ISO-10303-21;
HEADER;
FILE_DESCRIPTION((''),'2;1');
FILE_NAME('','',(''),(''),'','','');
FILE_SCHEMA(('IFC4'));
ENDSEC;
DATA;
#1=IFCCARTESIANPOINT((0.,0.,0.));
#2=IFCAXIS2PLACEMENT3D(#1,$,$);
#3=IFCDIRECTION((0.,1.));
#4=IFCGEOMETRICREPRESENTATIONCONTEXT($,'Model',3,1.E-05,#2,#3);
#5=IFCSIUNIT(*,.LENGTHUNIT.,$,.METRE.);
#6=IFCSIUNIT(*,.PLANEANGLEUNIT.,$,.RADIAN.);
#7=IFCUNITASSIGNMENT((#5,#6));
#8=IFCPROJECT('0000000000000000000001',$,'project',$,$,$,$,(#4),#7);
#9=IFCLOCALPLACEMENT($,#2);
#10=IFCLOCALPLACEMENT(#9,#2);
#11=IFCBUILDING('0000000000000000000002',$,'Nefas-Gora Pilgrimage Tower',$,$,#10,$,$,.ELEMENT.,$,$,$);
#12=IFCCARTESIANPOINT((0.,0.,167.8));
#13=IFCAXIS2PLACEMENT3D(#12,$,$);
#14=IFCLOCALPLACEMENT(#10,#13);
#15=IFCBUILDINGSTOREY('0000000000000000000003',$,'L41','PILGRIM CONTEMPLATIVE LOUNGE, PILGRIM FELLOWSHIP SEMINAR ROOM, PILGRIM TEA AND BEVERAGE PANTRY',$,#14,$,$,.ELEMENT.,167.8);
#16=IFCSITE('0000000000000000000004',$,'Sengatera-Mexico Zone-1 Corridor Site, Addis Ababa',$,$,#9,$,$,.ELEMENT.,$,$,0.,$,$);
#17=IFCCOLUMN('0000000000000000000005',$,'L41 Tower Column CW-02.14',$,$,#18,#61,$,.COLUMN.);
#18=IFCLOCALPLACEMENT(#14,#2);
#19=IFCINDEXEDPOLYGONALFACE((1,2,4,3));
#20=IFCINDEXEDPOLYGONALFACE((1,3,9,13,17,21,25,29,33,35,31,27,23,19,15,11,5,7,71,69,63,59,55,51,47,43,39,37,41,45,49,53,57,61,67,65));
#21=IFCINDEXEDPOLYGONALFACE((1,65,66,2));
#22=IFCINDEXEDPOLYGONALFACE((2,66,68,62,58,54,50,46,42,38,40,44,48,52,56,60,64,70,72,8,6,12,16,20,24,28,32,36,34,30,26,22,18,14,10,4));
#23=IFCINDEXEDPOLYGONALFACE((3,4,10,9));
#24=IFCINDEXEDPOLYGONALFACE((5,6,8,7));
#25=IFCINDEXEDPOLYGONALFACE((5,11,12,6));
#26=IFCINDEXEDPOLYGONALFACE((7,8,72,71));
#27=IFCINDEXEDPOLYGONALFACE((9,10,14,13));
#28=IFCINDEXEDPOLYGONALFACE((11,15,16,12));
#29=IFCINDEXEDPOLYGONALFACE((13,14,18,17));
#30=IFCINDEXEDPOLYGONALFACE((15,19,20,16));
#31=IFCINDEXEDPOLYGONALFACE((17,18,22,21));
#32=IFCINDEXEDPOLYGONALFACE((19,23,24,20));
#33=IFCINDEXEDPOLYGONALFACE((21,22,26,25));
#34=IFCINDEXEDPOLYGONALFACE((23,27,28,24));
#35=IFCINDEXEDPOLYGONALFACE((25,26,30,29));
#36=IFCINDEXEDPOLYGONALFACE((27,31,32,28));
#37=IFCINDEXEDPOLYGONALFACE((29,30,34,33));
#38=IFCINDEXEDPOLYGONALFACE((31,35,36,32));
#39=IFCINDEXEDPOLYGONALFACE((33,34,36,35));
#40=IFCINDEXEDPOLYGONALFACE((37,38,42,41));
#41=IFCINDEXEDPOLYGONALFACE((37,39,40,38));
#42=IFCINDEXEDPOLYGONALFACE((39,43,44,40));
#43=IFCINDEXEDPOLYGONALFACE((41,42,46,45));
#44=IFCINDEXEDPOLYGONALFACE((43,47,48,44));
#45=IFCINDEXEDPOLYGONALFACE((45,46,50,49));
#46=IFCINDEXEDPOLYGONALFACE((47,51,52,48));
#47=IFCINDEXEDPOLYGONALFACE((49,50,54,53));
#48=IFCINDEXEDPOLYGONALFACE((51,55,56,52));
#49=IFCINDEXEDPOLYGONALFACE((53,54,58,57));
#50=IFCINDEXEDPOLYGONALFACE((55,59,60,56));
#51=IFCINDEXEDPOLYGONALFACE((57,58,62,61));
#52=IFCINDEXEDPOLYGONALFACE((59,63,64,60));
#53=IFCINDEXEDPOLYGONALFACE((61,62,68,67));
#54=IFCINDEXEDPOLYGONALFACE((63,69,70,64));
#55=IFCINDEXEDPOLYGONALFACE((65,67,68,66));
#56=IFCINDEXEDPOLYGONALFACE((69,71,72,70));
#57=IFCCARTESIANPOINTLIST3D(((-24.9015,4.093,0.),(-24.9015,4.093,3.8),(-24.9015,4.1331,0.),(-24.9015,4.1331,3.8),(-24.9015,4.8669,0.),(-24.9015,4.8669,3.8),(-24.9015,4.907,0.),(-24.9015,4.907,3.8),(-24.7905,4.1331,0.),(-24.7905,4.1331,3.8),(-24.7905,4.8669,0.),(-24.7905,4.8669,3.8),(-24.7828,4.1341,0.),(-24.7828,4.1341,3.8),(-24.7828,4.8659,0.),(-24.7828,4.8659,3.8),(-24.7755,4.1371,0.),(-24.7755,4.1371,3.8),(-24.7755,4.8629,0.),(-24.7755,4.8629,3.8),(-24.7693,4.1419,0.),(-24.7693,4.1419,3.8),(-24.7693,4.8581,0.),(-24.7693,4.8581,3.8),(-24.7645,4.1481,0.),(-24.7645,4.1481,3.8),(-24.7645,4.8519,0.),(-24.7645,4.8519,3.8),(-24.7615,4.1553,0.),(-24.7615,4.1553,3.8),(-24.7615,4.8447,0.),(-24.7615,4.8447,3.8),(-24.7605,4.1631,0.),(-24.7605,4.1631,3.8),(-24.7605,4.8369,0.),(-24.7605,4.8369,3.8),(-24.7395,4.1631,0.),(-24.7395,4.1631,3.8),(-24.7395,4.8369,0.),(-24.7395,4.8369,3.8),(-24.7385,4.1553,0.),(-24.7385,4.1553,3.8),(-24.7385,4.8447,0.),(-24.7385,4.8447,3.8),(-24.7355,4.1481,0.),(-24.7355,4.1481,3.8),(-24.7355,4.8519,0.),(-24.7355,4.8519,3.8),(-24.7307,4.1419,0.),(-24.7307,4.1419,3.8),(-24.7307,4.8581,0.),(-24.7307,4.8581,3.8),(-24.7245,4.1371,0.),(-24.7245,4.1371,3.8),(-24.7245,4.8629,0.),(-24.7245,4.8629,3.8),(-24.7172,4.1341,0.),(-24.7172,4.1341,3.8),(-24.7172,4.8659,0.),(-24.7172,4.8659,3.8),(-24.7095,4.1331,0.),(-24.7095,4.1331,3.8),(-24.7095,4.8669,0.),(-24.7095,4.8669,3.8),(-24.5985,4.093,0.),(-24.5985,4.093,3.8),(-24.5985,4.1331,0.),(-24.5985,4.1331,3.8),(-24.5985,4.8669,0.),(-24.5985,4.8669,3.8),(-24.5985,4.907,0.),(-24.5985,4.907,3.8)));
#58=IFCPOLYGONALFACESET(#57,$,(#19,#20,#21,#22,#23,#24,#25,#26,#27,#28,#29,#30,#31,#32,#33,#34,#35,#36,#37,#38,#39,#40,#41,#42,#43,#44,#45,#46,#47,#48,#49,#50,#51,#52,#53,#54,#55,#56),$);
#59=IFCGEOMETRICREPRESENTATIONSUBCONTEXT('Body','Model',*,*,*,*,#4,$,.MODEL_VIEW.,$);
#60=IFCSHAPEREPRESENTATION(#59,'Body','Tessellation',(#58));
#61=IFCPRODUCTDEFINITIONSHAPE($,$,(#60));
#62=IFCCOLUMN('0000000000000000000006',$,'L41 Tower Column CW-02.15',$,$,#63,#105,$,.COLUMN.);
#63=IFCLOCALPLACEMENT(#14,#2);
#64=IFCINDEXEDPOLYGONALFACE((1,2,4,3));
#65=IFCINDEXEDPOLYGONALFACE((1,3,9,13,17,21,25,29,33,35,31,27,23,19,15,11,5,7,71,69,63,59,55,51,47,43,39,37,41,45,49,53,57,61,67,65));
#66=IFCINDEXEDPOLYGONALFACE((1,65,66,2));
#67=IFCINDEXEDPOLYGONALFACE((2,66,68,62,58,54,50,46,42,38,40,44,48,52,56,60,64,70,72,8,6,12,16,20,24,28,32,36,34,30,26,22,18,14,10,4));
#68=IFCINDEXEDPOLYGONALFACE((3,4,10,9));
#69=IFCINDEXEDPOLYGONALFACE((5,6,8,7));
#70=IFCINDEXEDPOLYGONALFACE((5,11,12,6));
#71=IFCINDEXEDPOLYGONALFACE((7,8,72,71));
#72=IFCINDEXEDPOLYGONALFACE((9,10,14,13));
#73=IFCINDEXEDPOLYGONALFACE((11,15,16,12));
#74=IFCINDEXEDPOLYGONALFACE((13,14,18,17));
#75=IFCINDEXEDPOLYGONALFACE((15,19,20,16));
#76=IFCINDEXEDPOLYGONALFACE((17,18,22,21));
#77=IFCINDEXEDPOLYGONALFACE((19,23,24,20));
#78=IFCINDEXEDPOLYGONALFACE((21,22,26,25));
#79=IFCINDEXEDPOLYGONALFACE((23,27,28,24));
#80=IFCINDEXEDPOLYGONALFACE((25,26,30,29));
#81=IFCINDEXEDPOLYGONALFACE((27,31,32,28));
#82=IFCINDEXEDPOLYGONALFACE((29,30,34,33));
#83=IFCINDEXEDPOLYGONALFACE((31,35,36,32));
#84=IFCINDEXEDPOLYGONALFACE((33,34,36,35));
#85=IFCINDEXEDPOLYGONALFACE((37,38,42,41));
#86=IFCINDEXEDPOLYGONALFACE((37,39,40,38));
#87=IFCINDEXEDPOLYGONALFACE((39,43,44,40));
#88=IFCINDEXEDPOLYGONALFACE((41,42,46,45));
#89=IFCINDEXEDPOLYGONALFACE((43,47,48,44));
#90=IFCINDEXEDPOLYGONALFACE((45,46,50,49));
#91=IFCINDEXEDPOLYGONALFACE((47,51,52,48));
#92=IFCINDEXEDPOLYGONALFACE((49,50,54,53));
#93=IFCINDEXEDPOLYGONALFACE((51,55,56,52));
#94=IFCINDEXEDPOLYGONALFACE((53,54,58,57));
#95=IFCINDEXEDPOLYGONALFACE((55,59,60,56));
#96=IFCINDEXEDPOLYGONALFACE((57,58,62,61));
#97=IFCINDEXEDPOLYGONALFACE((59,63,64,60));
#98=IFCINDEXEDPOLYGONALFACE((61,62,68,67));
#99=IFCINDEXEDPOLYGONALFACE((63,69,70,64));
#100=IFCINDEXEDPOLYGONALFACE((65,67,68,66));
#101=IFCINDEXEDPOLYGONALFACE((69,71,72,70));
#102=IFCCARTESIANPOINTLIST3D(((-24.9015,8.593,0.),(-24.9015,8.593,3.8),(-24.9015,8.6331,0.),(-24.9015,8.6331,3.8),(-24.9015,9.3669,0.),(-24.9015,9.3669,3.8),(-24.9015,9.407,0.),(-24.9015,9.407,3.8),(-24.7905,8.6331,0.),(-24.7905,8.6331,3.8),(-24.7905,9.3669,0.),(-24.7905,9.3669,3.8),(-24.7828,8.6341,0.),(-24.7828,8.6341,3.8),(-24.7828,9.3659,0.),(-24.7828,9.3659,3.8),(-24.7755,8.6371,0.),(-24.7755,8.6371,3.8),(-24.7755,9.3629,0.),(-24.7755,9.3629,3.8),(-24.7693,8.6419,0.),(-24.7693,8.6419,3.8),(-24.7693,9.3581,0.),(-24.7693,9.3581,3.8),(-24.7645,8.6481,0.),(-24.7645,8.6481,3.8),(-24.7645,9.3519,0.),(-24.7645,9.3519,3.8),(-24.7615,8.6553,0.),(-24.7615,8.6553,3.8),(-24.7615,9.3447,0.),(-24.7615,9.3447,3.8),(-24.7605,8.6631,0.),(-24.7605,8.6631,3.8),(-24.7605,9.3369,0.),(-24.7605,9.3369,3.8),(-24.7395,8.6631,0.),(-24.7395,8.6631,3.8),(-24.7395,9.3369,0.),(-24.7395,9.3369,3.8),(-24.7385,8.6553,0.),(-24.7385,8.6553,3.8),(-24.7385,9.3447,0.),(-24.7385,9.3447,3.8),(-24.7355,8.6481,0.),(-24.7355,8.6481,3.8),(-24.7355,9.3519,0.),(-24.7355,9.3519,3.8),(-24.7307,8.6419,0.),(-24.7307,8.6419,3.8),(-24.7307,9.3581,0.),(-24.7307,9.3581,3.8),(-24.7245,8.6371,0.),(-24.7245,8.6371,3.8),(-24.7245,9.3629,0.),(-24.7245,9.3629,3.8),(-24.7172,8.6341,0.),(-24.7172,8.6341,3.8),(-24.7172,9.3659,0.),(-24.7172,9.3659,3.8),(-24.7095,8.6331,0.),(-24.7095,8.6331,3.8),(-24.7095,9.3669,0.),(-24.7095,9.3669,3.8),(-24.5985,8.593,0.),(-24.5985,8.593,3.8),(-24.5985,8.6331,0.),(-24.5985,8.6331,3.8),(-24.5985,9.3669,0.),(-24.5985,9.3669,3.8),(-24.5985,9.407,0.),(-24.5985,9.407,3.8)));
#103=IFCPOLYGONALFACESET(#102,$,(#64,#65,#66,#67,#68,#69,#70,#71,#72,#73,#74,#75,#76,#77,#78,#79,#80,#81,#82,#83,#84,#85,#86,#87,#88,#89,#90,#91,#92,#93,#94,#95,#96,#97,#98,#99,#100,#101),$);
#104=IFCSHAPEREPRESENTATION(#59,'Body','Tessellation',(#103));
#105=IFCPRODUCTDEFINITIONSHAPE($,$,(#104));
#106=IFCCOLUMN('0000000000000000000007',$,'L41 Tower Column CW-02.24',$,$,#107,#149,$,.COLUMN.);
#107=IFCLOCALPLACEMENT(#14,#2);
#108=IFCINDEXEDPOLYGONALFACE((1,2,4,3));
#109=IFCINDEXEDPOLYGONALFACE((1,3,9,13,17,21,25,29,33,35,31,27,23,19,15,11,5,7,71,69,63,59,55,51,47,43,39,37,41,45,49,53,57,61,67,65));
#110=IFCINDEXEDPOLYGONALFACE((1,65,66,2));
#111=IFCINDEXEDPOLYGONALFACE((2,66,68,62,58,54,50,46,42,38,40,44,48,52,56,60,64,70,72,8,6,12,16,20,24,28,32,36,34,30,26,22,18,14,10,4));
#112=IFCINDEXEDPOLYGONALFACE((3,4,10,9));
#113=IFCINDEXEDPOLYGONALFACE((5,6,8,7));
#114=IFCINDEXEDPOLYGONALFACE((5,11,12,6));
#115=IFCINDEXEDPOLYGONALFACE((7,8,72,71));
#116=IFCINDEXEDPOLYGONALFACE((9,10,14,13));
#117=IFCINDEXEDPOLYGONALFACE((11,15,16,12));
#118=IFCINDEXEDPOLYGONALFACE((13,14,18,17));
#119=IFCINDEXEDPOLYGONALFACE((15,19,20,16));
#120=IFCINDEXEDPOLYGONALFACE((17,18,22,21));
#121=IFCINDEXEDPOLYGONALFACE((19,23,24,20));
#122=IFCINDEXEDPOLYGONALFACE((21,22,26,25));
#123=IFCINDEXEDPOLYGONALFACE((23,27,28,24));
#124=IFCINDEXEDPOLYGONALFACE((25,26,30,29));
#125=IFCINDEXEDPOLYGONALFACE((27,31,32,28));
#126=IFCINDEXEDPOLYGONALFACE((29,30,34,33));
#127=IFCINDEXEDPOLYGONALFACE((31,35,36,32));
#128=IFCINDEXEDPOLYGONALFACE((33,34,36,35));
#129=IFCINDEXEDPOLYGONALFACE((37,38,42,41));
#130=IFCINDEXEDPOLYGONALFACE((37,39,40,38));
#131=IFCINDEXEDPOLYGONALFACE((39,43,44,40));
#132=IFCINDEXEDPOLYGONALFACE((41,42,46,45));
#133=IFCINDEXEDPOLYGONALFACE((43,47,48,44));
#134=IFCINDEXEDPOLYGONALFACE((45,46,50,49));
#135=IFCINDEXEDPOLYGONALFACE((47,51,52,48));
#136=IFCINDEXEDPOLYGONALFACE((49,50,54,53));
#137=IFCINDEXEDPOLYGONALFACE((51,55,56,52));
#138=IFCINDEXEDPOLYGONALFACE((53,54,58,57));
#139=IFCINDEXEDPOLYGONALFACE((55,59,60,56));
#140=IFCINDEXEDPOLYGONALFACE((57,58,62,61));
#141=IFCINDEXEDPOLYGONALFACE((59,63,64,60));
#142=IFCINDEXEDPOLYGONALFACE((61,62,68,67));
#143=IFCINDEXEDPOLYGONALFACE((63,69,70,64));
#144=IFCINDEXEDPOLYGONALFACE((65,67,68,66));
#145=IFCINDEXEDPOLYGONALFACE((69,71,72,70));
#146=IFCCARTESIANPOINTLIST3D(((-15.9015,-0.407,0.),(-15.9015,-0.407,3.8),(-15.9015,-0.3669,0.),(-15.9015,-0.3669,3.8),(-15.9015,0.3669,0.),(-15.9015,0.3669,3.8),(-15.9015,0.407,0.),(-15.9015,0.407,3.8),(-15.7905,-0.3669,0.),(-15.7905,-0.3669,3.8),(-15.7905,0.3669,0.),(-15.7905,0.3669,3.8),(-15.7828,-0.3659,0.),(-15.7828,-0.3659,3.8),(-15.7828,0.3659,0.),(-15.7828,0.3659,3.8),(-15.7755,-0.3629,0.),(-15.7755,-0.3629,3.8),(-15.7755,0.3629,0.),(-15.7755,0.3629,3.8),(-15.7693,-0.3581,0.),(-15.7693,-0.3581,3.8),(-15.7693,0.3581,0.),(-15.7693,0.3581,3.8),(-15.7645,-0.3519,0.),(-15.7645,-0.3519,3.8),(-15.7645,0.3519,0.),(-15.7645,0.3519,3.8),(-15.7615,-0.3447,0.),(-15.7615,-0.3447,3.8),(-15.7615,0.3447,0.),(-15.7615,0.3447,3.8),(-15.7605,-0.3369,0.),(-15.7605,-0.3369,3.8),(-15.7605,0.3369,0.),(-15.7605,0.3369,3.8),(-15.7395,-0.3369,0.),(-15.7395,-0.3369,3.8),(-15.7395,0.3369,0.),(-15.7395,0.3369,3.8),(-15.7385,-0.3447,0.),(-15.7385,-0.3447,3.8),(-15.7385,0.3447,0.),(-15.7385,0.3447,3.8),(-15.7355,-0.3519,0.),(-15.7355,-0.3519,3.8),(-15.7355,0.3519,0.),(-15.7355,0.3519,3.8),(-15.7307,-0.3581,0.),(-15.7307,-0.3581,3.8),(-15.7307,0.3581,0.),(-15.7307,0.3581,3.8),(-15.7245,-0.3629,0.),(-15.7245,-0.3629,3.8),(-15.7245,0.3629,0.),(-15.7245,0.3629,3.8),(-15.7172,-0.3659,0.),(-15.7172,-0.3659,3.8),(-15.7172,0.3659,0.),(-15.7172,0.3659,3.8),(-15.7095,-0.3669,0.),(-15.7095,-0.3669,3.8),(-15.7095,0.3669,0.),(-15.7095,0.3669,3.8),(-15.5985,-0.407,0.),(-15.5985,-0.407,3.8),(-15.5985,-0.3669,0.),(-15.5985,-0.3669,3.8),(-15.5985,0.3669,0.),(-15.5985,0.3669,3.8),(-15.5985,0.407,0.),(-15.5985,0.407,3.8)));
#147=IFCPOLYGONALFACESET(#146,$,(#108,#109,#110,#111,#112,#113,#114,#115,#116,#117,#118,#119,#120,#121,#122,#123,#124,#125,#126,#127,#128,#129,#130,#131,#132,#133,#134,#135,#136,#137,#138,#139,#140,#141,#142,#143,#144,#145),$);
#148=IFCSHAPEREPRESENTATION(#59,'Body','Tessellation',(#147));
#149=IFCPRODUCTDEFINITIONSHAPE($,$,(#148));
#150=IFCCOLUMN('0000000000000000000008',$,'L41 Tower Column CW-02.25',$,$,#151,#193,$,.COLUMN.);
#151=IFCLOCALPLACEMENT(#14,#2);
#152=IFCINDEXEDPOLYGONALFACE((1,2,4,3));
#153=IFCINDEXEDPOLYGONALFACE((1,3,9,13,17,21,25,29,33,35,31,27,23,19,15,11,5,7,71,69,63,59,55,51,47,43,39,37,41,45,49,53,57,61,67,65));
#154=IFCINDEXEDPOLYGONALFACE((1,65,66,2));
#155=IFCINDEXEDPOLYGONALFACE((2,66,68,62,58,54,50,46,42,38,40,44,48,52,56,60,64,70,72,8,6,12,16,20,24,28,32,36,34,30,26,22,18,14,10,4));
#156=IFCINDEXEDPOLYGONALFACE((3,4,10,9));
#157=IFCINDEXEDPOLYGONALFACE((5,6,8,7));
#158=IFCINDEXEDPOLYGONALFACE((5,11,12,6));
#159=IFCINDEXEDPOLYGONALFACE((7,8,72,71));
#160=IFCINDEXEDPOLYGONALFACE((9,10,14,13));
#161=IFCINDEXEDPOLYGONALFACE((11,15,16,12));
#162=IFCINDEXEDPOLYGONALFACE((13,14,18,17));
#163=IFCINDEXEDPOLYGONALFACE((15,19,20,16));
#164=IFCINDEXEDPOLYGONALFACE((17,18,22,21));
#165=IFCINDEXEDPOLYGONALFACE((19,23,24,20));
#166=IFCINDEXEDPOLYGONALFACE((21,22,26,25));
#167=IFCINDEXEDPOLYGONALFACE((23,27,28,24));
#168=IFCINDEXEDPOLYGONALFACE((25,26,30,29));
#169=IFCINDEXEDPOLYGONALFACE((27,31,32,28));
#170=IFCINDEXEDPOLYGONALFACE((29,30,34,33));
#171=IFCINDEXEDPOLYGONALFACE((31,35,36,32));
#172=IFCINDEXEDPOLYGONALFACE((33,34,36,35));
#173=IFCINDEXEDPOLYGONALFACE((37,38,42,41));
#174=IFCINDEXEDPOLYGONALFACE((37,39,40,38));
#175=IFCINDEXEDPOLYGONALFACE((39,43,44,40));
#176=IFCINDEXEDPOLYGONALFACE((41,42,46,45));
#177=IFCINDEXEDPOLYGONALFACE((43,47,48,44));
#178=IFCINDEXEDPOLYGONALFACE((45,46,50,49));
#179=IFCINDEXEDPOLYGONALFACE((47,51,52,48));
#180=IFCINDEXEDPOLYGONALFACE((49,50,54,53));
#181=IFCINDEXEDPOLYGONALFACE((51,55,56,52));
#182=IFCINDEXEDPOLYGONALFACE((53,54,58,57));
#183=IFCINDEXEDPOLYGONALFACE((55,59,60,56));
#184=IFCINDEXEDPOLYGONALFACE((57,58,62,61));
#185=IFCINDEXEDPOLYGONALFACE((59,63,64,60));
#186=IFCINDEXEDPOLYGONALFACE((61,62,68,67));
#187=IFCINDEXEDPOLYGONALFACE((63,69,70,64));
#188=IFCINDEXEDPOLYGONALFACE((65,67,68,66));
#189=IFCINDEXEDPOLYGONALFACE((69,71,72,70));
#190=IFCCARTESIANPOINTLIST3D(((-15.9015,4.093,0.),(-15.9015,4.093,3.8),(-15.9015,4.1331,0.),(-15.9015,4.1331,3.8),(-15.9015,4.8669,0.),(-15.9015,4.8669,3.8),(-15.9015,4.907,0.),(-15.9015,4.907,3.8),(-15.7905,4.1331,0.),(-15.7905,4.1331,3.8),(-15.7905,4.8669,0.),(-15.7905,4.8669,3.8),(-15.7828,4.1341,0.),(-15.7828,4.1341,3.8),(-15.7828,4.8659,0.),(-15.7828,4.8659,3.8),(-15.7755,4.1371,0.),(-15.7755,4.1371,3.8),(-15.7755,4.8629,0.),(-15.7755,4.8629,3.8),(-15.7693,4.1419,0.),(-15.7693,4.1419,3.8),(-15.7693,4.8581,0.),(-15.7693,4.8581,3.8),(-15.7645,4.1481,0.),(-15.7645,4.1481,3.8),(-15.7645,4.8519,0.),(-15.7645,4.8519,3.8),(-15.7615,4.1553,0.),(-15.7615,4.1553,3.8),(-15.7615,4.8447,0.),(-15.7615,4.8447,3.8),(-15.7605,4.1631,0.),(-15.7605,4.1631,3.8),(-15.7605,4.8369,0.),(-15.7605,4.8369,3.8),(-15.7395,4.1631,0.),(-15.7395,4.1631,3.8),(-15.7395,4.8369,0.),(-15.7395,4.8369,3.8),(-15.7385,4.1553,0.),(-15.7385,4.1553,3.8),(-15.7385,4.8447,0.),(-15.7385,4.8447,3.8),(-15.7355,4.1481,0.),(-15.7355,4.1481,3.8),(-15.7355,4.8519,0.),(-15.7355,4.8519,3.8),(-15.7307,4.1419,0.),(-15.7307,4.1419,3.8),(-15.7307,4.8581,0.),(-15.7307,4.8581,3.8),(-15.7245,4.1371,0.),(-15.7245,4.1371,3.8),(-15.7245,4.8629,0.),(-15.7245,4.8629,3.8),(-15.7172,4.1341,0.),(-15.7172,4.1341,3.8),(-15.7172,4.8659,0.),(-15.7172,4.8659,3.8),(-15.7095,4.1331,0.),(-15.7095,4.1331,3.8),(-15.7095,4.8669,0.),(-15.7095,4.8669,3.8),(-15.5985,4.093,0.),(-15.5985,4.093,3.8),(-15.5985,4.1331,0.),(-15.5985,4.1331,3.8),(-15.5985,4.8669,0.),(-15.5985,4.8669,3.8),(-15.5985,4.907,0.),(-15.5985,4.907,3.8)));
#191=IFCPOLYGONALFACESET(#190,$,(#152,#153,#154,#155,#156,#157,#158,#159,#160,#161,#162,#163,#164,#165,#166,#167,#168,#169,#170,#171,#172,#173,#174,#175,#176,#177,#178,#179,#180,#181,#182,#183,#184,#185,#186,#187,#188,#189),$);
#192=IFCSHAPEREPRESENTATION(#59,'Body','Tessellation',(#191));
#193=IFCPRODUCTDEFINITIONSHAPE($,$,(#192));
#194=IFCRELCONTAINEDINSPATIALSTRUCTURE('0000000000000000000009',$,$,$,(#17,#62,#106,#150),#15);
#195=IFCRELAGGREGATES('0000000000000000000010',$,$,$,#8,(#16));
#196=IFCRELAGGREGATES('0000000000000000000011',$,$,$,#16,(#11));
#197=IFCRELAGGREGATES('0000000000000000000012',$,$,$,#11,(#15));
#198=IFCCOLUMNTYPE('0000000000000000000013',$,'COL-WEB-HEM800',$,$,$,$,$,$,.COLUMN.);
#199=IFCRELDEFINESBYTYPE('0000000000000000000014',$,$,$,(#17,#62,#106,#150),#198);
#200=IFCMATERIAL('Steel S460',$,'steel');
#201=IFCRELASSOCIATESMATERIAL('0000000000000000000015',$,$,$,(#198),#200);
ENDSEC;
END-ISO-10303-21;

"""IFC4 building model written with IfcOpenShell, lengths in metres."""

from ifc_helpers import new_model, si_unit, direction, frame, origin, origin_2d, place, context, subcontext, project, spatial, i_section, extrude, source, transform, mapped, material, material_profile, profile_set, type_object, element, save


model = new_model("IFC4")

# Units and contexts
model_context = context("Model", 3, precision=1e-05, world=origin(), true_north=direction((0.0, 1.0)))
body_context = subcontext(model_context, "Body", "Model", "MODEL_VIEW")
ifc_project = project(units=[si_unit("LENGTHUNIT", "METRE"), si_unit("PLANEANGLEUNIT", "RADIAN")], contexts=[model_context])

# Site, building, storey
site_placement = place(None, origin())
site = spatial("IfcSite", under=ifc_project, at=site_placement, Name="Sengatera-Mexico Zone-1 Corridor Site, Addis Ababa", CompositionType="ELEMENT", RefElevation=0.0)
building_placement = place(site_placement, origin())
building = spatial("IfcBuilding", under=site, at=building_placement, Name="Nefas-Gora Pilgrimage Tower", CompositionType="ELEMENT")
storey_placement = place(building_placement, frame((0.0, 0.0, 167.8)))
storey = spatial("IfcBuildingStorey", under=building, at=storey_placement, Name="L41", Description="PILGRIM CONTEMPLATIVE LOUNGE, PILGRIM FELLOWSHIP SEMINAR ROOM, PILGRIM TEA AND BEVERAGE PANTRY", CompositionType="ELEMENT", Elevation=167.8)

# Columns
ifc_material_1 = material(Name="Steel S460", Category="steel")
ifc_material_profile_1 = material_profile(ifc_material_1, i_section(OverallWidth=0.303, OverallDepth=0.814, WebThickness=0.021, FlangeThickness=0.04, FilletRadius=0.03, at=origin_2d()), Name="HEM 800")
ifc_profile_set_1 = profile_set([ifc_material_profile_1], Name="Steel S460")
column_type_1 = type_object("IfcColumnType", Name="COL-WEB-HEM800", PredefinedType="COLUMN", material=ifc_profile_set_1)
shared_shape_1 = source(origin(), body_context, "Body", "SweptSolid", [
    extrude(i_section(OverallWidth=0.303, OverallDepth=0.814, WebThickness=0.021, FlangeThickness=0.04, FilletRadius=0.03, at=origin_2d()), origin(), (0.0, 0.0, 1.0), 3.8),
])
for number, where, z_axis, x_axis, name in (
    (1, (-24.75, 4.5, 0.0), (0.0, 0.0, 1.0), (1.0, 0.0, 0.0), "L41 Tower Column CW-02.14"),
    (2, (-24.75, 9.0, 0.0), (0.0, 0.0, 1.0), (1.0, 0.0, 0.0), "L41 Tower Column CW-02.15"),
    (3, (-15.75, 0.0, 0.0), (0.0, 0.0, 1.0), (1.0, 0.0, 0.0), "L41 Tower Column CW-02.24"),
    (4, (-15.75, 4.5, 0.0), (0.0, 0.0, 1.0), (1.0, 0.0, 0.0), "L41 Tower Column CW-02.25"),
):
    element("IfcColumn", number, at=place(storey_placement, frame(where, z_axis=z_axis, x_axis=x_axis)), inside=storey, type_object=column_type_1, Name=name, PredefinedType="COLUMN", context=body_context, shape_type="MappedRepresentation", body=[
        mapped(shared_shape_1, transform((0.0, 0.0, 0.0), x_axis=(1.0, 0.0, 0.0), y_axis=(0.0, 1.0, 0.0), z_axis=(0.0, 0.0, 1.0), scale=1.0)),
    ])

save(model, "model.ifc")
